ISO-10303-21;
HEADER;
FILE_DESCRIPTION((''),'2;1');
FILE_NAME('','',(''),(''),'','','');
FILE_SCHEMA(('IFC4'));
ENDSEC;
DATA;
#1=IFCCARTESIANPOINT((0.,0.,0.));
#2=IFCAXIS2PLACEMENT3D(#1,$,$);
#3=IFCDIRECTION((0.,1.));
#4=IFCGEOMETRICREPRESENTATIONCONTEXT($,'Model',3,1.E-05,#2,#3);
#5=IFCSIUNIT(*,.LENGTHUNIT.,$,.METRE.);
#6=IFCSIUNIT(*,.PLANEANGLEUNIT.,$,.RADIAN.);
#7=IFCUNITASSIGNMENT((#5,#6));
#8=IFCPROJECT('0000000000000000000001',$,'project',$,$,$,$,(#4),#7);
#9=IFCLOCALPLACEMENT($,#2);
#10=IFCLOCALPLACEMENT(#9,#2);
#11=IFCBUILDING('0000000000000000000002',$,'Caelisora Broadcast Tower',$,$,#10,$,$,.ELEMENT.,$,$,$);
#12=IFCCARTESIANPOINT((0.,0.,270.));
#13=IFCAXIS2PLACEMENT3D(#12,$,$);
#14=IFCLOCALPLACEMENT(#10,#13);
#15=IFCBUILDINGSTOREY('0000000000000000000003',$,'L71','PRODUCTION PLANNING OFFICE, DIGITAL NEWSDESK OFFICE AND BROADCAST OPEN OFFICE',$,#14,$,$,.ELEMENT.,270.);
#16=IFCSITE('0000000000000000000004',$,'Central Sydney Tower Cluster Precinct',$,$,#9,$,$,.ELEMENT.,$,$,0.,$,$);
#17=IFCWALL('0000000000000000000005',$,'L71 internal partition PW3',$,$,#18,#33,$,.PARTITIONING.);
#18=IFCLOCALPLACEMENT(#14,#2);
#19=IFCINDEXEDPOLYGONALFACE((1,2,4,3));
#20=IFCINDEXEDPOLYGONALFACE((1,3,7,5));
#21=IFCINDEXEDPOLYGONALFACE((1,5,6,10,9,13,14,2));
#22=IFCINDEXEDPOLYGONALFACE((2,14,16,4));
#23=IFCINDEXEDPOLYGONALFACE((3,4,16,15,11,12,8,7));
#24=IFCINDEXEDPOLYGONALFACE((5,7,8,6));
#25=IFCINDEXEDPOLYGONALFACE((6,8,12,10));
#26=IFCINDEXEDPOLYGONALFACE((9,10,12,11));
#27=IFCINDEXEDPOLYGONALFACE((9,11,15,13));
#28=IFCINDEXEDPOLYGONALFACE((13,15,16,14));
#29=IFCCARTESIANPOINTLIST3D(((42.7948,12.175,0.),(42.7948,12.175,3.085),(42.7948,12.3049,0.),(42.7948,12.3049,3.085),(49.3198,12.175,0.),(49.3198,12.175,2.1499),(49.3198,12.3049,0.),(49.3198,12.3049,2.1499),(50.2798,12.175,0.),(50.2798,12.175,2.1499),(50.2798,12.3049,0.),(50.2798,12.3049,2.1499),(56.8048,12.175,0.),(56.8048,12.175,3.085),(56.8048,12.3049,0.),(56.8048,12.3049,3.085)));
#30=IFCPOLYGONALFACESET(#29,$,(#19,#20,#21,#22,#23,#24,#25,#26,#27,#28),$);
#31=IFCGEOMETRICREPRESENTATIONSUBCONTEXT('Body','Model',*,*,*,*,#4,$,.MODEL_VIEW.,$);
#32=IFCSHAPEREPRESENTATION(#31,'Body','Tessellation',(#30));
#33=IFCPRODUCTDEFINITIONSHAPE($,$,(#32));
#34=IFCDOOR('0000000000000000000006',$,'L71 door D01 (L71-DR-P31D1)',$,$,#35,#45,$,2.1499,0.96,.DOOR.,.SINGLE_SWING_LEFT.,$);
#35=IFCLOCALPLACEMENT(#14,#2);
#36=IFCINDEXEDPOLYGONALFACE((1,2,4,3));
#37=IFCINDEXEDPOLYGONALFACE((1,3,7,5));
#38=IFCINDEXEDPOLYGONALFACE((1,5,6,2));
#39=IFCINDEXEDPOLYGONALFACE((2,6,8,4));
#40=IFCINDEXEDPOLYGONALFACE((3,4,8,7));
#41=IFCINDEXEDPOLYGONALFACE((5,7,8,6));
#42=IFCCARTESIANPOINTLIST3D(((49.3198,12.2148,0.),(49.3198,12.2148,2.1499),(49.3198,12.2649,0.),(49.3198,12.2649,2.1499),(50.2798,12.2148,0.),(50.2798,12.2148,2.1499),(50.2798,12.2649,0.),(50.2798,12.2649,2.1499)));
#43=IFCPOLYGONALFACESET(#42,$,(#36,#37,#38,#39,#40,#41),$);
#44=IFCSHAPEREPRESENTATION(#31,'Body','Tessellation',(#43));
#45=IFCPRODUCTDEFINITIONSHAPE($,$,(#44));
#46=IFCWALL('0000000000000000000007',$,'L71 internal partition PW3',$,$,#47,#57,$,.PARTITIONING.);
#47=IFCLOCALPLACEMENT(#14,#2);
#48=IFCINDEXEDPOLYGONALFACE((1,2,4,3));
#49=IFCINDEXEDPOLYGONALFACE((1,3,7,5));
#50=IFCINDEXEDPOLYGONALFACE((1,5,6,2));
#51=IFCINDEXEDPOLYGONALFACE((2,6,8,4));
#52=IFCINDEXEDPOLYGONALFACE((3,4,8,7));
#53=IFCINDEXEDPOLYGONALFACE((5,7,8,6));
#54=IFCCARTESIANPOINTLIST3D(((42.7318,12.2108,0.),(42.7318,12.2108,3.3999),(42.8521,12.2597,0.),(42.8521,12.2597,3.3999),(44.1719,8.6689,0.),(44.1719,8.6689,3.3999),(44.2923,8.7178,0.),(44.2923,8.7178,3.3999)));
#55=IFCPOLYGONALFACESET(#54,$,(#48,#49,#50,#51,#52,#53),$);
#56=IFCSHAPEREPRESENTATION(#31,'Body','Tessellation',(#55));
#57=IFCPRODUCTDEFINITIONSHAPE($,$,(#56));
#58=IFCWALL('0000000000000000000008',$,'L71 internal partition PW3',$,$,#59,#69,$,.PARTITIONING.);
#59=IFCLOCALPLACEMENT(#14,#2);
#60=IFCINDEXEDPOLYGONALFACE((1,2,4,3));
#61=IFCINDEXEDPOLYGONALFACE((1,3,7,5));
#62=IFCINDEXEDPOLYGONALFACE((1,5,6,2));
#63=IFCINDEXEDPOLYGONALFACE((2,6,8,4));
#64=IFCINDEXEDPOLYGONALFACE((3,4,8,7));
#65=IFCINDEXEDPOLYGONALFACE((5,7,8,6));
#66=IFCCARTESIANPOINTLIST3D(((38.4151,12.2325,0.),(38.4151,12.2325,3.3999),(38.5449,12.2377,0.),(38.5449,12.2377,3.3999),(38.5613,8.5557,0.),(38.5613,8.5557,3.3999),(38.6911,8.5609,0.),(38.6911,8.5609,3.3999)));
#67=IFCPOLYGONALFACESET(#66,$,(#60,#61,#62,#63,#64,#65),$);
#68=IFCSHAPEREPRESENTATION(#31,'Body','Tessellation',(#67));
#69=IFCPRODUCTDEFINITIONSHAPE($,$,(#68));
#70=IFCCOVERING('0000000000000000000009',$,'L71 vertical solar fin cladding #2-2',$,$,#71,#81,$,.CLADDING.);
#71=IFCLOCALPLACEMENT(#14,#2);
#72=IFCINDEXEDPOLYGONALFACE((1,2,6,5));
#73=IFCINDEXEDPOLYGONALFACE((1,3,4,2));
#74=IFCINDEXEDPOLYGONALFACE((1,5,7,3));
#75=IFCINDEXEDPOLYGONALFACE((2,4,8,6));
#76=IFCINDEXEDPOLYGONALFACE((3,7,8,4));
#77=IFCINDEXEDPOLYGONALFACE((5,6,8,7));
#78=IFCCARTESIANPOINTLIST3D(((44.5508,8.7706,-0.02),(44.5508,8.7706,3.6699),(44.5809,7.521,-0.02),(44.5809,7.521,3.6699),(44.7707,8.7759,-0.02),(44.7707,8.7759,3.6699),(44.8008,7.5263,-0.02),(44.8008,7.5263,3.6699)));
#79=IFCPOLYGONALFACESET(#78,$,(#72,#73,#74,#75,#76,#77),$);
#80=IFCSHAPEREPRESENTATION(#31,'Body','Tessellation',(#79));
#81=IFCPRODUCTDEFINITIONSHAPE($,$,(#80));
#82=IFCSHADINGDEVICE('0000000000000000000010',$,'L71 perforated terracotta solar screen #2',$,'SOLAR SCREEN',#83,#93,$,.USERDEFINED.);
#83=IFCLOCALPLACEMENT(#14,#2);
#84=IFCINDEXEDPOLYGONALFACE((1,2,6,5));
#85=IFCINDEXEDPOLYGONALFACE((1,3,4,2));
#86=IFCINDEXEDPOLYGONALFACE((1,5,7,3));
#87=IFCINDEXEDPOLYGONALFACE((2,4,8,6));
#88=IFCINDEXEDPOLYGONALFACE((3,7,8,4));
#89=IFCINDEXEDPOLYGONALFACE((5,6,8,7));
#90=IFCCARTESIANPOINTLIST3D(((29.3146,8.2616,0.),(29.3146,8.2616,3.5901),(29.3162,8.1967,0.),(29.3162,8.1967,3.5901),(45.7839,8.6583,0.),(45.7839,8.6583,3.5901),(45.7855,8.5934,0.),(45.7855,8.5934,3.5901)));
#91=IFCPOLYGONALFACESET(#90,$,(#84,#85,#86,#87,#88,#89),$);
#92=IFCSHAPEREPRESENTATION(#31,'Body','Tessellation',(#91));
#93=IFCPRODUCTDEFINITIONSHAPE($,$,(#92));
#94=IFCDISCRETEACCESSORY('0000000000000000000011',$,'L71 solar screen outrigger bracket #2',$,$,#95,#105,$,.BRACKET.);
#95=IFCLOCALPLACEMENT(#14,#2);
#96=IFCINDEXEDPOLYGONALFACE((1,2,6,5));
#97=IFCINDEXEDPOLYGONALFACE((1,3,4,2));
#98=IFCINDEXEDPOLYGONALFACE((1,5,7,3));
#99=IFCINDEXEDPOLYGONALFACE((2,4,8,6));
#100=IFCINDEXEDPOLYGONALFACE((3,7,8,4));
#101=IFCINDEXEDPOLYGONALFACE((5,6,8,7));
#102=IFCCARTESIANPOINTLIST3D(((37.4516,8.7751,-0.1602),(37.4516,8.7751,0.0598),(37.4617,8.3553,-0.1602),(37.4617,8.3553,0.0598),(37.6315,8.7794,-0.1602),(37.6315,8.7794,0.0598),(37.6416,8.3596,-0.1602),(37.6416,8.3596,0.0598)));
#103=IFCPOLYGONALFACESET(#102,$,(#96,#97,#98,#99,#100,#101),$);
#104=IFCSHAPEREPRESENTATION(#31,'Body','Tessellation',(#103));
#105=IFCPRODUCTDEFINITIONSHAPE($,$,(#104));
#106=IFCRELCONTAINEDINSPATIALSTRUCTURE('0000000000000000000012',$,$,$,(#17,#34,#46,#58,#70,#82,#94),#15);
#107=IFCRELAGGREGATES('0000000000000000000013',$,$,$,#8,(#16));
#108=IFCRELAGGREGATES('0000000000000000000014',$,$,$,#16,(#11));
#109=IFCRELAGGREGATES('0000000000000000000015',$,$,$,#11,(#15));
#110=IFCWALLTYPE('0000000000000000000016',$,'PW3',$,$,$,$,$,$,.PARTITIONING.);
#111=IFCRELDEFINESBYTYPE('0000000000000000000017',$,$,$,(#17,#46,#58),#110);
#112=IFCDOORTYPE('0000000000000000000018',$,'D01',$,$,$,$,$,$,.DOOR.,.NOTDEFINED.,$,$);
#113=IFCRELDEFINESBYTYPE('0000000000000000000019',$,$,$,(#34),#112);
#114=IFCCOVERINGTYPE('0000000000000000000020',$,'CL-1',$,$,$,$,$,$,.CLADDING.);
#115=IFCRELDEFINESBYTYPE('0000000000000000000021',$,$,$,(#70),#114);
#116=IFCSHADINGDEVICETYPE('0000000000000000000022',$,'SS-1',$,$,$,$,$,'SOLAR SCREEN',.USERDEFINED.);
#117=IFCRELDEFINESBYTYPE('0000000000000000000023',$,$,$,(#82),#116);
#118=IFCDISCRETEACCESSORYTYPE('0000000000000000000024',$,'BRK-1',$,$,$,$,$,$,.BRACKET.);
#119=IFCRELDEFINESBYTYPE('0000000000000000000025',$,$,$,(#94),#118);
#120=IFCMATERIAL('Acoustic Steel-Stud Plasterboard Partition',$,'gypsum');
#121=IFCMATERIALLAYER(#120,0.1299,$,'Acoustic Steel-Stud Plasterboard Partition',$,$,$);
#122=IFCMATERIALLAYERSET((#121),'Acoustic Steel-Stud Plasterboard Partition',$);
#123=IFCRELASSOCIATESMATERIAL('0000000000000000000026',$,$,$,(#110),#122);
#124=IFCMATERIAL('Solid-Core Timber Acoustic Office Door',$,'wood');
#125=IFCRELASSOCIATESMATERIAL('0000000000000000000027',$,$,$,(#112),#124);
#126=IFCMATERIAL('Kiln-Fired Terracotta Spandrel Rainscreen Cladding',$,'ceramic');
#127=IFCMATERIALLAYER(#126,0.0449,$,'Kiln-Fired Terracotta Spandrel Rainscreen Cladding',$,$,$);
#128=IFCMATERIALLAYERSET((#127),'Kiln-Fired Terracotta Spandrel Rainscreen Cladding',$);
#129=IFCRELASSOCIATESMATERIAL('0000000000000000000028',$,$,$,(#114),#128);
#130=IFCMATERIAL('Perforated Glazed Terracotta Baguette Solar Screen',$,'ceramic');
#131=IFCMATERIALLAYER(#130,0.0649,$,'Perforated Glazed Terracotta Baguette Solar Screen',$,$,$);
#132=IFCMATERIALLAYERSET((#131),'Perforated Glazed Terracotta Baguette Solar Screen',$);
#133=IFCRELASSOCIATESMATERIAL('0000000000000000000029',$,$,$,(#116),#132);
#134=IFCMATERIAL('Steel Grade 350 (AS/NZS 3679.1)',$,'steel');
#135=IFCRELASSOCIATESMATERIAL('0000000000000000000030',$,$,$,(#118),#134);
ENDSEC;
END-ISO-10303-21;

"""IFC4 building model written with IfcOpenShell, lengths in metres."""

from ifc_helpers import new_model, si_unit, direction, frame, frame_2d, origin, origin_2d, place, context, subcontext, project, spatial, rectangle, extrude, source, transform, mapped, material, layer, layer_set, type_object, type_shapes, element, fill, save


model = new_model("IFC4")

# Units and contexts
model_context = context("Model", 3, precision=1e-05, world=origin(), true_north=direction((0.0, 1.0)))
body_context = subcontext(model_context, "Body", "Model", "MODEL_VIEW")
ifc_project = project(units=[si_unit("LENGTHUNIT", "METRE"), si_unit("PLANEANGLEUNIT", "RADIAN")], contexts=[model_context])

# Site, building, storey
site_placement = place(None, origin())
site = spatial("IfcSite", under=ifc_project, at=site_placement, Name="Central Sydney Tower Cluster Precinct", CompositionType="ELEMENT", RefElevation=0.0)
building_placement = place(site_placement, origin())
building = spatial("IfcBuilding", under=site, at=building_placement, Name="Caelisora Broadcast Tower", CompositionType="ELEMENT")
storey_placement = place(building_placement, frame((0.0, 0.0, 270.0)))
storey = spatial("IfcBuildingStorey", under=building, at=storey_placement, Name="L71", Description="PRODUCTION PLANNING OFFICE, DIGITAL NEWSDESK OFFICE AND BROADCAST OPEN OFFICE", CompositionType="ELEMENT", Elevation=270.0)

# Shared definitions
ifc_material_1 = material(Name="Steel Grade 350 (AS/NZS 3679.1)", Category="steel")

# Wall, opening, door
ifc_material_2 = material(Name="Acoustic Steel-Stud Plasterboard Partition", Category="gypsum")
ifc_layer_1 = layer(ifc_material_2, 0.1299, Name="Acoustic Steel-Stud Plasterboard Partition")
ifc_layer_set_1 = layer_set([ifc_layer_1], Name="Acoustic Steel-Stud Plasterboard Partition")
wall_type = type_object("IfcWallType", Name="PW3", PredefinedType="PARTITIONING", material=ifc_layer_set_1)
wall_1_placement = place(storey_placement, frame((42.7949, 12.24, 0.0), z_axis=(0.0, 0.0, 1.0), x_axis=(1.0, 0.0, 0.0)))
wall_1 = element("IfcWall", 1, at=wall_1_placement, inside=storey, type_object=wall_type, Name="L71 internal partition PW3", PredefinedType="PARTITIONING", context=body_context, shape_type="SweptSolid", body=[
    extrude(rectangle(XDim=14.01, YDim=0.1299, at=frame_2d((7.0049, 0.0))), origin(), (0.0, 0.0, 1.0), 3.085),
])
opening_placement = place(wall_1_placement, frame((6.5249, 0.0, 0.0)))
opening = element("IfcOpeningElement", 2, at=opening_placement, cuts=wall_1, PredefinedType="OPENING", context=body_context, shape_type="SweptSolid", body=[
    extrude(rectangle(XDim=0.96, YDim=2.1499, at=frame_2d((0.48, 1.075))), frame((0.0, 0.0769, 0.0), z_axis=(0.0, -1.0, 0.0), x_axis=(1.0, 0.0, 0.0)), (0.0, 0.0, 1.0), 0.1538),
])
ifc_material_3 = material(Name="Solid-Core Timber Acoustic Office Door", Category="wood")
door_type = type_object("IfcDoorType", Name="D01", OperationType="NOTDEFINED", PredefinedType="DOOR", material=ifc_material_3)
door_placement = place(opening_placement, origin())
door = element("IfcDoor", 3, at=door_placement, inside=storey, type_object=door_type, Name="L71 door D01 (L71-DR-P31D1)", OperationType="SINGLE_SWING_LEFT", OverallHeight=2.1499, OverallWidth=0.96, PredefinedType="DOOR", context=body_context, shape_type="SweptSolid", body=[
    extrude(rectangle(XDim=0.96, YDim=2.1499, at=frame_2d((0.48, 1.075))), frame((0.0, 0.0249, 0.0), z_axis=(0.0, -1.0, 0.0), x_axis=(1.0, 0.0, 0.0)), (0.0, 0.0, 1.0), 0.05),
])
fill(opening, door)

# Walls
wall_2_placement = place(storey_placement, frame((42.792, 12.2351, 0.0), z_axis=(0.0, 0.0, 1.0), x_axis=(0.376658, -0.926352, 0.0)))
element("IfcWall", 4, at=wall_2_placement, inside=storey, type_object=wall_type, Name="L71 internal partition PW3", PredefinedType="PARTITIONING", context=body_context, shape_type="SweptSolid", body=[
    extrude(rectangle(XDim=3.8235, YDim=0.1299, at=frame_2d((1.9116, 0.0))), origin(), (0.0, 0.0, 1.0), 3.3999),
])
wall_3_placement = place(storey_placement, frame((38.48, 12.2351, 0.0), z_axis=(0.0, 0.0, 1.0), x_axis=(0.039743, -0.99921, 0.0)))
element("IfcWall", 5, at=wall_3_placement, inside=storey, type_object=wall_type, Name="L71 internal partition PW3", PredefinedType="PARTITIONING", context=body_context, shape_type="SweptSolid", body=[
    extrude(rectangle(XDim=3.6797, YDim=0.1299, at=frame_2d((1.8398, 0.0))), origin(), (0.0, 0.0, 1.0), 3.3999),
])

# Covering
ifc_material_4 = material(Name="Kiln-Fired Terracotta Spandrel Rainscreen Cladding", Category="ceramic")
ifc_layer_2 = layer(ifc_material_4, 0.0449, Name="Kiln-Fired Terracotta Spandrel Rainscreen Cladding")
ifc_layer_set_2 = layer_set([ifc_layer_2], Name="Kiln-Fired Terracotta Spandrel Rainscreen Cladding")
covering_type = type_object("IfcCoveringType", Name="CL-1", PredefinedType="CLADDING", material=ifc_layer_set_2)
shared_shape_1 = source(origin(), body_context, "Body", "SweptSolid", [
    extrude(rectangle(XDim=0.22, YDim=1.25, at=origin_2d()), origin(), (0.0, 0.0, 1.0), 3.6899),
])
type_shapes(covering_type, [shared_shape_1])
covering_placement = place(storey_placement, frame((44.6758, 8.1484, -0.02), z_axis=(0.0, 0.0, 1.0), x_axis=(-0.99971, -0.024083, 0.0)))
element("IfcCovering", 6, at=covering_placement, inside=storey, type_object=covering_type, Name="L71 vertical solar fin cladding #2-2", PredefinedType="CLADDING", context=body_context, shape_type="MappedRepresentation", body=[
    mapped(shared_shape_1, transform((0.0, 0.0, 0.0), scale=1.0)),
])

# Shading device
ifc_material_5 = material(Name="Perforated Glazed Terracotta Baguette Solar Screen", Category="ceramic")
ifc_layer_3 = layer(ifc_material_5, 0.0649, Name="Perforated Glazed Terracotta Baguette Solar Screen")
ifc_layer_set_3 = layer_set([ifc_layer_3], Name="Perforated Glazed Terracotta Baguette Solar Screen")
shading_device_type = type_object("IfcShadingDeviceType", Name="SS-1", ElementType="SOLAR SCREEN", PredefinedType="USERDEFINED", material=ifc_layer_set_3)
shared_shape_2 = source(origin(), body_context, "Body", "SweptSolid", [
    extrude(rectangle(XDim=16.4741, YDim=0.0649, at=origin_2d()), origin(), (0.0, 0.0, 1.0), 3.5901),
])
type_shapes(shading_device_type, [shared_shape_2])
shading_device_placement = place(storey_placement, frame((37.55, 8.4275, 0.0), z_axis=(0.0, 0.0, 1.0), x_axis=(0.99971, 0.024083, 0.0)))
element("IfcShadingDevice", 7, at=shading_device_placement, inside=storey, type_object=shading_device_type, Name="L71 perforated terracotta solar screen #2", ObjectType="SOLAR SCREEN", PredefinedType="USERDEFINED", context=body_context, shape_type="MappedRepresentation", body=[
    mapped(shared_shape_2, transform((0.0, 0.0, 0.0), scale=1.0)),
])

# Discrete accessory
discrete_accessory_type = type_object("IfcDiscreteAccessoryType", Name="BRK-1", PredefinedType="BRACKET", material=ifc_material_1)
shared_shape_3 = source(origin(), body_context, "Body", "SweptSolid", [
    extrude(rectangle(XDim=0.1799, YDim=0.4199, at=origin_2d()), origin(), (0.0, 0.0, 1.0), 0.22),
])
type_shapes(discrete_accessory_type, [shared_shape_3])
discrete_accessory_placement = place(storey_placement, frame((37.5466, 8.5674, -0.1602), z_axis=(0.0, 0.0, 1.0), x_axis=(0.99971, 0.024083, 0.0)))
element("IfcDiscreteAccessory", 8, at=discrete_accessory_placement, inside=storey, type_object=discrete_accessory_type, Name="L71 solar screen outrigger bracket #2", PredefinedType="BRACKET", context=body_context, shape_type="MappedRepresentation", body=[
    mapped(shared_shape_3, transform((0.0, 0.0, 0.0), scale=1.0)),
])

save(model, "model.ifc")
